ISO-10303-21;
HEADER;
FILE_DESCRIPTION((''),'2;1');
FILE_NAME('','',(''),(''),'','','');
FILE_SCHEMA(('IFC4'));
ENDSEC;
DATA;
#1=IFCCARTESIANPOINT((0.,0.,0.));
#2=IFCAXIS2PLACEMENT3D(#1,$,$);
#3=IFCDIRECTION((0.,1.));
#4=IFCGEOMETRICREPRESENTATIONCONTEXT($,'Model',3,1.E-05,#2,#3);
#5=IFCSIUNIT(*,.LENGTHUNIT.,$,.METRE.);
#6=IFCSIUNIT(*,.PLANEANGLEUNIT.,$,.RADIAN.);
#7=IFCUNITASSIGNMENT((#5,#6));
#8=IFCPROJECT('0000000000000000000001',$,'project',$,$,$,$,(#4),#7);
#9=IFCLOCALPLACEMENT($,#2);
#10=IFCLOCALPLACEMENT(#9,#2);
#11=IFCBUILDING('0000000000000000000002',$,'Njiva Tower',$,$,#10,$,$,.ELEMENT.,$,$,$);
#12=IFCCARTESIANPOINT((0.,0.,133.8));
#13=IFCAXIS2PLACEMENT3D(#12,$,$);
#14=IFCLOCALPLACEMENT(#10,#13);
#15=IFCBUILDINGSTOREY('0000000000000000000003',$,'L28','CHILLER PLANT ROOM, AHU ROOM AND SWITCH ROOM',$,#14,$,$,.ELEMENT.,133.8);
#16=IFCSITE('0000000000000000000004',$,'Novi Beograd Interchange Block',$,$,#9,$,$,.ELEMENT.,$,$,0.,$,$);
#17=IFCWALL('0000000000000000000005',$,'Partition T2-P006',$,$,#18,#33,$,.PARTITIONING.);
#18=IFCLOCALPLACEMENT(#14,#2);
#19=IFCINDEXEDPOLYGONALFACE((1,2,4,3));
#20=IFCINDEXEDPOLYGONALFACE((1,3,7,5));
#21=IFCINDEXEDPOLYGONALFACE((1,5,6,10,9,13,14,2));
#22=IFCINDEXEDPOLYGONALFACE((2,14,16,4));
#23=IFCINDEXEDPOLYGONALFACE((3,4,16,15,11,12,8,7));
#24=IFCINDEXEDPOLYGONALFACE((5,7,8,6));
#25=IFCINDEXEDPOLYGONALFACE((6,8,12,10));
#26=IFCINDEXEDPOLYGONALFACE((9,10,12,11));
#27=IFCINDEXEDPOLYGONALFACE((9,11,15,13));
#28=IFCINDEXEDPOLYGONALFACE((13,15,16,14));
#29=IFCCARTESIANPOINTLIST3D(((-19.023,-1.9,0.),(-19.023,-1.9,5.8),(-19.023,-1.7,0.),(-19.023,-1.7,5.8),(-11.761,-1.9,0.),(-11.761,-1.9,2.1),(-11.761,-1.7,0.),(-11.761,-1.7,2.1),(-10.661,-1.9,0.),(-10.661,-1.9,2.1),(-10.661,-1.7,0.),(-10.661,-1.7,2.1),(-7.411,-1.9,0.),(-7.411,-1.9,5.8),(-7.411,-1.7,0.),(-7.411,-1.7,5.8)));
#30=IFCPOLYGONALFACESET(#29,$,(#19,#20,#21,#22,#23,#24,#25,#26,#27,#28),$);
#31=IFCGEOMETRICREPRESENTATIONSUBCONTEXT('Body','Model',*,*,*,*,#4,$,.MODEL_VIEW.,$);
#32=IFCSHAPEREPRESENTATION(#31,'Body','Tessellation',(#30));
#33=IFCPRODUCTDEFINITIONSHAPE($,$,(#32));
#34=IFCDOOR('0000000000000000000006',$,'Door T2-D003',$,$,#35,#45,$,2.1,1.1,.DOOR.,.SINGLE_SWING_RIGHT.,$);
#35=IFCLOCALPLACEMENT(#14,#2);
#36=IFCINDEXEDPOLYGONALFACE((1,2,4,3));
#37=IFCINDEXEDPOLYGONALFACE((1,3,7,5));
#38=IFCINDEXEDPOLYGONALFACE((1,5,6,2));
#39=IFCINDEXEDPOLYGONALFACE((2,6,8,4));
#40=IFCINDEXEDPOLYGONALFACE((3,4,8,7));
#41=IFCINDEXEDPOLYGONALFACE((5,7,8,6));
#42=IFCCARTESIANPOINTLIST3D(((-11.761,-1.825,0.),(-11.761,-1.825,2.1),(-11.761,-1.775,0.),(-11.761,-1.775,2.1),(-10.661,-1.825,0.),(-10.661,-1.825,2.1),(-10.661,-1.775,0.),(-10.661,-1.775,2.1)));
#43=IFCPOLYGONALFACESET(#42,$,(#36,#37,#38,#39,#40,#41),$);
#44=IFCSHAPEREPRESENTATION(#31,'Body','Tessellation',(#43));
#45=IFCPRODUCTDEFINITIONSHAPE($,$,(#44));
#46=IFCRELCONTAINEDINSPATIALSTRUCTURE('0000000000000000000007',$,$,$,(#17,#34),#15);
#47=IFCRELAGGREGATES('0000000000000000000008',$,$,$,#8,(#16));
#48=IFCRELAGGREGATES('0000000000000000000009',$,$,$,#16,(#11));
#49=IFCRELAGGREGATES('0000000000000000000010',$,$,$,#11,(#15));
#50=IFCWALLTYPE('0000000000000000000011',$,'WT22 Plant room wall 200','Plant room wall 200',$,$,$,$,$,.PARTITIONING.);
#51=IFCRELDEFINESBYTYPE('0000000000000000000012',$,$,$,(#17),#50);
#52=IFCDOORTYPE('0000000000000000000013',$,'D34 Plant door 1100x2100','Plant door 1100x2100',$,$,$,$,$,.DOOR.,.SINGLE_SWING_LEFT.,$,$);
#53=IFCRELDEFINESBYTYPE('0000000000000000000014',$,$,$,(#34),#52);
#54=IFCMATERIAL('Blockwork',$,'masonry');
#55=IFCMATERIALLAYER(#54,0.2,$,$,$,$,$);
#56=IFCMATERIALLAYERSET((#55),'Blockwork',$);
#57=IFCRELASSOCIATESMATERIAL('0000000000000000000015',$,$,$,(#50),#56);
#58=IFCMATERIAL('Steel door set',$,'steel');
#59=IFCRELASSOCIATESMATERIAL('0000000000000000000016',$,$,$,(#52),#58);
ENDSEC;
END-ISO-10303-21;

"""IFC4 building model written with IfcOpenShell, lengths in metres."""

from ifc_helpers import new_model, si_unit, direction, frame, frame_2d, origin, place, context, subcontext, project, spatial, rectangle, extrude, material, layer, layer_set, type_object, element, fill, save


model = new_model("IFC4")

# Units and contexts
model_context = context("Model", 3, precision=1e-05, world=origin(), true_north=direction((0.0, 1.0)))
body_context = subcontext(model_context, "Body", "Model", "MODEL_VIEW")
ifc_project = project(units=[si_unit("LENGTHUNIT", "METRE"), si_unit("PLANEANGLEUNIT", "RADIAN")], contexts=[model_context])

# Site, building, storey
site_placement = place(None, origin())
site = spatial("IfcSite", under=ifc_project, at=site_placement, Name="Novi Beograd Interchange Block", CompositionType="ELEMENT", RefElevation=0.0)
building_placement = place(site_placement, origin())
building = spatial("IfcBuilding", under=site, at=building_placement, Name="Njiva Tower", CompositionType="ELEMENT")
storey_placement = place(building_placement, frame((0.0, 0.0, 133.8)))
storey = spatial("IfcBuildingStorey", under=building, at=storey_placement, Name="L28", Description="CHILLER PLANT ROOM, AHU ROOM AND SWITCH ROOM", CompositionType="ELEMENT", Elevation=133.8)

# Wall, opening, door
ifc_material_1 = material(Name="Blockwork", Category="masonry")
ifc_layer_1 = layer(ifc_material_1, 0.2)
ifc_layer_set_1 = layer_set([ifc_layer_1], Name="Blockwork")
wall_type_1 = type_object("IfcWallType", Name="WT22 Plant room wall 200", Description="Plant room wall 200", PredefinedType="PARTITIONING", material=ifc_layer_set_1)
wall_1_placement = place(storey_placement, frame((-19.023, -1.8, 0.0), z_axis=(0.0, 0.0, 1.0), x_axis=(1.0, 0.0, 0.0)))
wall_1 = element("IfcWall", 1, at=wall_1_placement, inside=storey, type_object=wall_type_1, Name="Partition T2-P006", PredefinedType="PARTITIONING", context=body_context, shape_type="SweptSolid", body=[
    extrude(rectangle(XDim=11.612, YDim=0.2, at=frame_2d((5.806, 0.0))), origin(), (0.0, 0.0, 1.0), 5.8),
])
opening_1_placement = place(wall_1_placement, frame((7.262, 0.0, 0.0)))
opening_1 = element("IfcOpeningElement", 2, at=opening_1_placement, cuts=wall_1, PredefinedType="OPENING", context=body_context, shape_type="SweptSolid", body=[
    extrude(rectangle(XDim=1.1, YDim=2.1, at=frame_2d((0.55, 1.05))), frame((0.0, 0.11, 0.0), z_axis=(0.0, -1.0, 0.0), x_axis=(1.0, 0.0, 0.0)), (0.0, 0.0, 1.0), 0.22),
])
ifc_material_2 = material(Name="Steel door set", Category="steel")
door_type_1 = type_object("IfcDoorType", Name="D34 Plant door 1100x2100", Description="Plant door 1100x2100", OperationType="SINGLE_SWING_LEFT", PredefinedType="DOOR", material=ifc_material_2)
door_1_placement = place(opening_1_placement, origin())
door_1 = element("IfcDoor", 3, at=door_1_placement, inside=storey, type_object=door_type_1, Name="Door T2-D003", OperationType="SINGLE_SWING_RIGHT", OverallHeight=2.1, OverallWidth=1.1, PredefinedType="DOOR", context=body_context, shape_type="SweptSolid", body=[
    extrude(rectangle(XDim=1.1, YDim=2.1, at=frame_2d((0.55, 1.05))), frame((0.0, 0.025, 0.0), z_axis=(0.0, -1.0, 0.0), x_axis=(1.0, 0.0, 0.0)), (0.0, 0.0, 1.0), 0.05),
])
fill(opening_1, door_1)

save(model, "model.ifc")
